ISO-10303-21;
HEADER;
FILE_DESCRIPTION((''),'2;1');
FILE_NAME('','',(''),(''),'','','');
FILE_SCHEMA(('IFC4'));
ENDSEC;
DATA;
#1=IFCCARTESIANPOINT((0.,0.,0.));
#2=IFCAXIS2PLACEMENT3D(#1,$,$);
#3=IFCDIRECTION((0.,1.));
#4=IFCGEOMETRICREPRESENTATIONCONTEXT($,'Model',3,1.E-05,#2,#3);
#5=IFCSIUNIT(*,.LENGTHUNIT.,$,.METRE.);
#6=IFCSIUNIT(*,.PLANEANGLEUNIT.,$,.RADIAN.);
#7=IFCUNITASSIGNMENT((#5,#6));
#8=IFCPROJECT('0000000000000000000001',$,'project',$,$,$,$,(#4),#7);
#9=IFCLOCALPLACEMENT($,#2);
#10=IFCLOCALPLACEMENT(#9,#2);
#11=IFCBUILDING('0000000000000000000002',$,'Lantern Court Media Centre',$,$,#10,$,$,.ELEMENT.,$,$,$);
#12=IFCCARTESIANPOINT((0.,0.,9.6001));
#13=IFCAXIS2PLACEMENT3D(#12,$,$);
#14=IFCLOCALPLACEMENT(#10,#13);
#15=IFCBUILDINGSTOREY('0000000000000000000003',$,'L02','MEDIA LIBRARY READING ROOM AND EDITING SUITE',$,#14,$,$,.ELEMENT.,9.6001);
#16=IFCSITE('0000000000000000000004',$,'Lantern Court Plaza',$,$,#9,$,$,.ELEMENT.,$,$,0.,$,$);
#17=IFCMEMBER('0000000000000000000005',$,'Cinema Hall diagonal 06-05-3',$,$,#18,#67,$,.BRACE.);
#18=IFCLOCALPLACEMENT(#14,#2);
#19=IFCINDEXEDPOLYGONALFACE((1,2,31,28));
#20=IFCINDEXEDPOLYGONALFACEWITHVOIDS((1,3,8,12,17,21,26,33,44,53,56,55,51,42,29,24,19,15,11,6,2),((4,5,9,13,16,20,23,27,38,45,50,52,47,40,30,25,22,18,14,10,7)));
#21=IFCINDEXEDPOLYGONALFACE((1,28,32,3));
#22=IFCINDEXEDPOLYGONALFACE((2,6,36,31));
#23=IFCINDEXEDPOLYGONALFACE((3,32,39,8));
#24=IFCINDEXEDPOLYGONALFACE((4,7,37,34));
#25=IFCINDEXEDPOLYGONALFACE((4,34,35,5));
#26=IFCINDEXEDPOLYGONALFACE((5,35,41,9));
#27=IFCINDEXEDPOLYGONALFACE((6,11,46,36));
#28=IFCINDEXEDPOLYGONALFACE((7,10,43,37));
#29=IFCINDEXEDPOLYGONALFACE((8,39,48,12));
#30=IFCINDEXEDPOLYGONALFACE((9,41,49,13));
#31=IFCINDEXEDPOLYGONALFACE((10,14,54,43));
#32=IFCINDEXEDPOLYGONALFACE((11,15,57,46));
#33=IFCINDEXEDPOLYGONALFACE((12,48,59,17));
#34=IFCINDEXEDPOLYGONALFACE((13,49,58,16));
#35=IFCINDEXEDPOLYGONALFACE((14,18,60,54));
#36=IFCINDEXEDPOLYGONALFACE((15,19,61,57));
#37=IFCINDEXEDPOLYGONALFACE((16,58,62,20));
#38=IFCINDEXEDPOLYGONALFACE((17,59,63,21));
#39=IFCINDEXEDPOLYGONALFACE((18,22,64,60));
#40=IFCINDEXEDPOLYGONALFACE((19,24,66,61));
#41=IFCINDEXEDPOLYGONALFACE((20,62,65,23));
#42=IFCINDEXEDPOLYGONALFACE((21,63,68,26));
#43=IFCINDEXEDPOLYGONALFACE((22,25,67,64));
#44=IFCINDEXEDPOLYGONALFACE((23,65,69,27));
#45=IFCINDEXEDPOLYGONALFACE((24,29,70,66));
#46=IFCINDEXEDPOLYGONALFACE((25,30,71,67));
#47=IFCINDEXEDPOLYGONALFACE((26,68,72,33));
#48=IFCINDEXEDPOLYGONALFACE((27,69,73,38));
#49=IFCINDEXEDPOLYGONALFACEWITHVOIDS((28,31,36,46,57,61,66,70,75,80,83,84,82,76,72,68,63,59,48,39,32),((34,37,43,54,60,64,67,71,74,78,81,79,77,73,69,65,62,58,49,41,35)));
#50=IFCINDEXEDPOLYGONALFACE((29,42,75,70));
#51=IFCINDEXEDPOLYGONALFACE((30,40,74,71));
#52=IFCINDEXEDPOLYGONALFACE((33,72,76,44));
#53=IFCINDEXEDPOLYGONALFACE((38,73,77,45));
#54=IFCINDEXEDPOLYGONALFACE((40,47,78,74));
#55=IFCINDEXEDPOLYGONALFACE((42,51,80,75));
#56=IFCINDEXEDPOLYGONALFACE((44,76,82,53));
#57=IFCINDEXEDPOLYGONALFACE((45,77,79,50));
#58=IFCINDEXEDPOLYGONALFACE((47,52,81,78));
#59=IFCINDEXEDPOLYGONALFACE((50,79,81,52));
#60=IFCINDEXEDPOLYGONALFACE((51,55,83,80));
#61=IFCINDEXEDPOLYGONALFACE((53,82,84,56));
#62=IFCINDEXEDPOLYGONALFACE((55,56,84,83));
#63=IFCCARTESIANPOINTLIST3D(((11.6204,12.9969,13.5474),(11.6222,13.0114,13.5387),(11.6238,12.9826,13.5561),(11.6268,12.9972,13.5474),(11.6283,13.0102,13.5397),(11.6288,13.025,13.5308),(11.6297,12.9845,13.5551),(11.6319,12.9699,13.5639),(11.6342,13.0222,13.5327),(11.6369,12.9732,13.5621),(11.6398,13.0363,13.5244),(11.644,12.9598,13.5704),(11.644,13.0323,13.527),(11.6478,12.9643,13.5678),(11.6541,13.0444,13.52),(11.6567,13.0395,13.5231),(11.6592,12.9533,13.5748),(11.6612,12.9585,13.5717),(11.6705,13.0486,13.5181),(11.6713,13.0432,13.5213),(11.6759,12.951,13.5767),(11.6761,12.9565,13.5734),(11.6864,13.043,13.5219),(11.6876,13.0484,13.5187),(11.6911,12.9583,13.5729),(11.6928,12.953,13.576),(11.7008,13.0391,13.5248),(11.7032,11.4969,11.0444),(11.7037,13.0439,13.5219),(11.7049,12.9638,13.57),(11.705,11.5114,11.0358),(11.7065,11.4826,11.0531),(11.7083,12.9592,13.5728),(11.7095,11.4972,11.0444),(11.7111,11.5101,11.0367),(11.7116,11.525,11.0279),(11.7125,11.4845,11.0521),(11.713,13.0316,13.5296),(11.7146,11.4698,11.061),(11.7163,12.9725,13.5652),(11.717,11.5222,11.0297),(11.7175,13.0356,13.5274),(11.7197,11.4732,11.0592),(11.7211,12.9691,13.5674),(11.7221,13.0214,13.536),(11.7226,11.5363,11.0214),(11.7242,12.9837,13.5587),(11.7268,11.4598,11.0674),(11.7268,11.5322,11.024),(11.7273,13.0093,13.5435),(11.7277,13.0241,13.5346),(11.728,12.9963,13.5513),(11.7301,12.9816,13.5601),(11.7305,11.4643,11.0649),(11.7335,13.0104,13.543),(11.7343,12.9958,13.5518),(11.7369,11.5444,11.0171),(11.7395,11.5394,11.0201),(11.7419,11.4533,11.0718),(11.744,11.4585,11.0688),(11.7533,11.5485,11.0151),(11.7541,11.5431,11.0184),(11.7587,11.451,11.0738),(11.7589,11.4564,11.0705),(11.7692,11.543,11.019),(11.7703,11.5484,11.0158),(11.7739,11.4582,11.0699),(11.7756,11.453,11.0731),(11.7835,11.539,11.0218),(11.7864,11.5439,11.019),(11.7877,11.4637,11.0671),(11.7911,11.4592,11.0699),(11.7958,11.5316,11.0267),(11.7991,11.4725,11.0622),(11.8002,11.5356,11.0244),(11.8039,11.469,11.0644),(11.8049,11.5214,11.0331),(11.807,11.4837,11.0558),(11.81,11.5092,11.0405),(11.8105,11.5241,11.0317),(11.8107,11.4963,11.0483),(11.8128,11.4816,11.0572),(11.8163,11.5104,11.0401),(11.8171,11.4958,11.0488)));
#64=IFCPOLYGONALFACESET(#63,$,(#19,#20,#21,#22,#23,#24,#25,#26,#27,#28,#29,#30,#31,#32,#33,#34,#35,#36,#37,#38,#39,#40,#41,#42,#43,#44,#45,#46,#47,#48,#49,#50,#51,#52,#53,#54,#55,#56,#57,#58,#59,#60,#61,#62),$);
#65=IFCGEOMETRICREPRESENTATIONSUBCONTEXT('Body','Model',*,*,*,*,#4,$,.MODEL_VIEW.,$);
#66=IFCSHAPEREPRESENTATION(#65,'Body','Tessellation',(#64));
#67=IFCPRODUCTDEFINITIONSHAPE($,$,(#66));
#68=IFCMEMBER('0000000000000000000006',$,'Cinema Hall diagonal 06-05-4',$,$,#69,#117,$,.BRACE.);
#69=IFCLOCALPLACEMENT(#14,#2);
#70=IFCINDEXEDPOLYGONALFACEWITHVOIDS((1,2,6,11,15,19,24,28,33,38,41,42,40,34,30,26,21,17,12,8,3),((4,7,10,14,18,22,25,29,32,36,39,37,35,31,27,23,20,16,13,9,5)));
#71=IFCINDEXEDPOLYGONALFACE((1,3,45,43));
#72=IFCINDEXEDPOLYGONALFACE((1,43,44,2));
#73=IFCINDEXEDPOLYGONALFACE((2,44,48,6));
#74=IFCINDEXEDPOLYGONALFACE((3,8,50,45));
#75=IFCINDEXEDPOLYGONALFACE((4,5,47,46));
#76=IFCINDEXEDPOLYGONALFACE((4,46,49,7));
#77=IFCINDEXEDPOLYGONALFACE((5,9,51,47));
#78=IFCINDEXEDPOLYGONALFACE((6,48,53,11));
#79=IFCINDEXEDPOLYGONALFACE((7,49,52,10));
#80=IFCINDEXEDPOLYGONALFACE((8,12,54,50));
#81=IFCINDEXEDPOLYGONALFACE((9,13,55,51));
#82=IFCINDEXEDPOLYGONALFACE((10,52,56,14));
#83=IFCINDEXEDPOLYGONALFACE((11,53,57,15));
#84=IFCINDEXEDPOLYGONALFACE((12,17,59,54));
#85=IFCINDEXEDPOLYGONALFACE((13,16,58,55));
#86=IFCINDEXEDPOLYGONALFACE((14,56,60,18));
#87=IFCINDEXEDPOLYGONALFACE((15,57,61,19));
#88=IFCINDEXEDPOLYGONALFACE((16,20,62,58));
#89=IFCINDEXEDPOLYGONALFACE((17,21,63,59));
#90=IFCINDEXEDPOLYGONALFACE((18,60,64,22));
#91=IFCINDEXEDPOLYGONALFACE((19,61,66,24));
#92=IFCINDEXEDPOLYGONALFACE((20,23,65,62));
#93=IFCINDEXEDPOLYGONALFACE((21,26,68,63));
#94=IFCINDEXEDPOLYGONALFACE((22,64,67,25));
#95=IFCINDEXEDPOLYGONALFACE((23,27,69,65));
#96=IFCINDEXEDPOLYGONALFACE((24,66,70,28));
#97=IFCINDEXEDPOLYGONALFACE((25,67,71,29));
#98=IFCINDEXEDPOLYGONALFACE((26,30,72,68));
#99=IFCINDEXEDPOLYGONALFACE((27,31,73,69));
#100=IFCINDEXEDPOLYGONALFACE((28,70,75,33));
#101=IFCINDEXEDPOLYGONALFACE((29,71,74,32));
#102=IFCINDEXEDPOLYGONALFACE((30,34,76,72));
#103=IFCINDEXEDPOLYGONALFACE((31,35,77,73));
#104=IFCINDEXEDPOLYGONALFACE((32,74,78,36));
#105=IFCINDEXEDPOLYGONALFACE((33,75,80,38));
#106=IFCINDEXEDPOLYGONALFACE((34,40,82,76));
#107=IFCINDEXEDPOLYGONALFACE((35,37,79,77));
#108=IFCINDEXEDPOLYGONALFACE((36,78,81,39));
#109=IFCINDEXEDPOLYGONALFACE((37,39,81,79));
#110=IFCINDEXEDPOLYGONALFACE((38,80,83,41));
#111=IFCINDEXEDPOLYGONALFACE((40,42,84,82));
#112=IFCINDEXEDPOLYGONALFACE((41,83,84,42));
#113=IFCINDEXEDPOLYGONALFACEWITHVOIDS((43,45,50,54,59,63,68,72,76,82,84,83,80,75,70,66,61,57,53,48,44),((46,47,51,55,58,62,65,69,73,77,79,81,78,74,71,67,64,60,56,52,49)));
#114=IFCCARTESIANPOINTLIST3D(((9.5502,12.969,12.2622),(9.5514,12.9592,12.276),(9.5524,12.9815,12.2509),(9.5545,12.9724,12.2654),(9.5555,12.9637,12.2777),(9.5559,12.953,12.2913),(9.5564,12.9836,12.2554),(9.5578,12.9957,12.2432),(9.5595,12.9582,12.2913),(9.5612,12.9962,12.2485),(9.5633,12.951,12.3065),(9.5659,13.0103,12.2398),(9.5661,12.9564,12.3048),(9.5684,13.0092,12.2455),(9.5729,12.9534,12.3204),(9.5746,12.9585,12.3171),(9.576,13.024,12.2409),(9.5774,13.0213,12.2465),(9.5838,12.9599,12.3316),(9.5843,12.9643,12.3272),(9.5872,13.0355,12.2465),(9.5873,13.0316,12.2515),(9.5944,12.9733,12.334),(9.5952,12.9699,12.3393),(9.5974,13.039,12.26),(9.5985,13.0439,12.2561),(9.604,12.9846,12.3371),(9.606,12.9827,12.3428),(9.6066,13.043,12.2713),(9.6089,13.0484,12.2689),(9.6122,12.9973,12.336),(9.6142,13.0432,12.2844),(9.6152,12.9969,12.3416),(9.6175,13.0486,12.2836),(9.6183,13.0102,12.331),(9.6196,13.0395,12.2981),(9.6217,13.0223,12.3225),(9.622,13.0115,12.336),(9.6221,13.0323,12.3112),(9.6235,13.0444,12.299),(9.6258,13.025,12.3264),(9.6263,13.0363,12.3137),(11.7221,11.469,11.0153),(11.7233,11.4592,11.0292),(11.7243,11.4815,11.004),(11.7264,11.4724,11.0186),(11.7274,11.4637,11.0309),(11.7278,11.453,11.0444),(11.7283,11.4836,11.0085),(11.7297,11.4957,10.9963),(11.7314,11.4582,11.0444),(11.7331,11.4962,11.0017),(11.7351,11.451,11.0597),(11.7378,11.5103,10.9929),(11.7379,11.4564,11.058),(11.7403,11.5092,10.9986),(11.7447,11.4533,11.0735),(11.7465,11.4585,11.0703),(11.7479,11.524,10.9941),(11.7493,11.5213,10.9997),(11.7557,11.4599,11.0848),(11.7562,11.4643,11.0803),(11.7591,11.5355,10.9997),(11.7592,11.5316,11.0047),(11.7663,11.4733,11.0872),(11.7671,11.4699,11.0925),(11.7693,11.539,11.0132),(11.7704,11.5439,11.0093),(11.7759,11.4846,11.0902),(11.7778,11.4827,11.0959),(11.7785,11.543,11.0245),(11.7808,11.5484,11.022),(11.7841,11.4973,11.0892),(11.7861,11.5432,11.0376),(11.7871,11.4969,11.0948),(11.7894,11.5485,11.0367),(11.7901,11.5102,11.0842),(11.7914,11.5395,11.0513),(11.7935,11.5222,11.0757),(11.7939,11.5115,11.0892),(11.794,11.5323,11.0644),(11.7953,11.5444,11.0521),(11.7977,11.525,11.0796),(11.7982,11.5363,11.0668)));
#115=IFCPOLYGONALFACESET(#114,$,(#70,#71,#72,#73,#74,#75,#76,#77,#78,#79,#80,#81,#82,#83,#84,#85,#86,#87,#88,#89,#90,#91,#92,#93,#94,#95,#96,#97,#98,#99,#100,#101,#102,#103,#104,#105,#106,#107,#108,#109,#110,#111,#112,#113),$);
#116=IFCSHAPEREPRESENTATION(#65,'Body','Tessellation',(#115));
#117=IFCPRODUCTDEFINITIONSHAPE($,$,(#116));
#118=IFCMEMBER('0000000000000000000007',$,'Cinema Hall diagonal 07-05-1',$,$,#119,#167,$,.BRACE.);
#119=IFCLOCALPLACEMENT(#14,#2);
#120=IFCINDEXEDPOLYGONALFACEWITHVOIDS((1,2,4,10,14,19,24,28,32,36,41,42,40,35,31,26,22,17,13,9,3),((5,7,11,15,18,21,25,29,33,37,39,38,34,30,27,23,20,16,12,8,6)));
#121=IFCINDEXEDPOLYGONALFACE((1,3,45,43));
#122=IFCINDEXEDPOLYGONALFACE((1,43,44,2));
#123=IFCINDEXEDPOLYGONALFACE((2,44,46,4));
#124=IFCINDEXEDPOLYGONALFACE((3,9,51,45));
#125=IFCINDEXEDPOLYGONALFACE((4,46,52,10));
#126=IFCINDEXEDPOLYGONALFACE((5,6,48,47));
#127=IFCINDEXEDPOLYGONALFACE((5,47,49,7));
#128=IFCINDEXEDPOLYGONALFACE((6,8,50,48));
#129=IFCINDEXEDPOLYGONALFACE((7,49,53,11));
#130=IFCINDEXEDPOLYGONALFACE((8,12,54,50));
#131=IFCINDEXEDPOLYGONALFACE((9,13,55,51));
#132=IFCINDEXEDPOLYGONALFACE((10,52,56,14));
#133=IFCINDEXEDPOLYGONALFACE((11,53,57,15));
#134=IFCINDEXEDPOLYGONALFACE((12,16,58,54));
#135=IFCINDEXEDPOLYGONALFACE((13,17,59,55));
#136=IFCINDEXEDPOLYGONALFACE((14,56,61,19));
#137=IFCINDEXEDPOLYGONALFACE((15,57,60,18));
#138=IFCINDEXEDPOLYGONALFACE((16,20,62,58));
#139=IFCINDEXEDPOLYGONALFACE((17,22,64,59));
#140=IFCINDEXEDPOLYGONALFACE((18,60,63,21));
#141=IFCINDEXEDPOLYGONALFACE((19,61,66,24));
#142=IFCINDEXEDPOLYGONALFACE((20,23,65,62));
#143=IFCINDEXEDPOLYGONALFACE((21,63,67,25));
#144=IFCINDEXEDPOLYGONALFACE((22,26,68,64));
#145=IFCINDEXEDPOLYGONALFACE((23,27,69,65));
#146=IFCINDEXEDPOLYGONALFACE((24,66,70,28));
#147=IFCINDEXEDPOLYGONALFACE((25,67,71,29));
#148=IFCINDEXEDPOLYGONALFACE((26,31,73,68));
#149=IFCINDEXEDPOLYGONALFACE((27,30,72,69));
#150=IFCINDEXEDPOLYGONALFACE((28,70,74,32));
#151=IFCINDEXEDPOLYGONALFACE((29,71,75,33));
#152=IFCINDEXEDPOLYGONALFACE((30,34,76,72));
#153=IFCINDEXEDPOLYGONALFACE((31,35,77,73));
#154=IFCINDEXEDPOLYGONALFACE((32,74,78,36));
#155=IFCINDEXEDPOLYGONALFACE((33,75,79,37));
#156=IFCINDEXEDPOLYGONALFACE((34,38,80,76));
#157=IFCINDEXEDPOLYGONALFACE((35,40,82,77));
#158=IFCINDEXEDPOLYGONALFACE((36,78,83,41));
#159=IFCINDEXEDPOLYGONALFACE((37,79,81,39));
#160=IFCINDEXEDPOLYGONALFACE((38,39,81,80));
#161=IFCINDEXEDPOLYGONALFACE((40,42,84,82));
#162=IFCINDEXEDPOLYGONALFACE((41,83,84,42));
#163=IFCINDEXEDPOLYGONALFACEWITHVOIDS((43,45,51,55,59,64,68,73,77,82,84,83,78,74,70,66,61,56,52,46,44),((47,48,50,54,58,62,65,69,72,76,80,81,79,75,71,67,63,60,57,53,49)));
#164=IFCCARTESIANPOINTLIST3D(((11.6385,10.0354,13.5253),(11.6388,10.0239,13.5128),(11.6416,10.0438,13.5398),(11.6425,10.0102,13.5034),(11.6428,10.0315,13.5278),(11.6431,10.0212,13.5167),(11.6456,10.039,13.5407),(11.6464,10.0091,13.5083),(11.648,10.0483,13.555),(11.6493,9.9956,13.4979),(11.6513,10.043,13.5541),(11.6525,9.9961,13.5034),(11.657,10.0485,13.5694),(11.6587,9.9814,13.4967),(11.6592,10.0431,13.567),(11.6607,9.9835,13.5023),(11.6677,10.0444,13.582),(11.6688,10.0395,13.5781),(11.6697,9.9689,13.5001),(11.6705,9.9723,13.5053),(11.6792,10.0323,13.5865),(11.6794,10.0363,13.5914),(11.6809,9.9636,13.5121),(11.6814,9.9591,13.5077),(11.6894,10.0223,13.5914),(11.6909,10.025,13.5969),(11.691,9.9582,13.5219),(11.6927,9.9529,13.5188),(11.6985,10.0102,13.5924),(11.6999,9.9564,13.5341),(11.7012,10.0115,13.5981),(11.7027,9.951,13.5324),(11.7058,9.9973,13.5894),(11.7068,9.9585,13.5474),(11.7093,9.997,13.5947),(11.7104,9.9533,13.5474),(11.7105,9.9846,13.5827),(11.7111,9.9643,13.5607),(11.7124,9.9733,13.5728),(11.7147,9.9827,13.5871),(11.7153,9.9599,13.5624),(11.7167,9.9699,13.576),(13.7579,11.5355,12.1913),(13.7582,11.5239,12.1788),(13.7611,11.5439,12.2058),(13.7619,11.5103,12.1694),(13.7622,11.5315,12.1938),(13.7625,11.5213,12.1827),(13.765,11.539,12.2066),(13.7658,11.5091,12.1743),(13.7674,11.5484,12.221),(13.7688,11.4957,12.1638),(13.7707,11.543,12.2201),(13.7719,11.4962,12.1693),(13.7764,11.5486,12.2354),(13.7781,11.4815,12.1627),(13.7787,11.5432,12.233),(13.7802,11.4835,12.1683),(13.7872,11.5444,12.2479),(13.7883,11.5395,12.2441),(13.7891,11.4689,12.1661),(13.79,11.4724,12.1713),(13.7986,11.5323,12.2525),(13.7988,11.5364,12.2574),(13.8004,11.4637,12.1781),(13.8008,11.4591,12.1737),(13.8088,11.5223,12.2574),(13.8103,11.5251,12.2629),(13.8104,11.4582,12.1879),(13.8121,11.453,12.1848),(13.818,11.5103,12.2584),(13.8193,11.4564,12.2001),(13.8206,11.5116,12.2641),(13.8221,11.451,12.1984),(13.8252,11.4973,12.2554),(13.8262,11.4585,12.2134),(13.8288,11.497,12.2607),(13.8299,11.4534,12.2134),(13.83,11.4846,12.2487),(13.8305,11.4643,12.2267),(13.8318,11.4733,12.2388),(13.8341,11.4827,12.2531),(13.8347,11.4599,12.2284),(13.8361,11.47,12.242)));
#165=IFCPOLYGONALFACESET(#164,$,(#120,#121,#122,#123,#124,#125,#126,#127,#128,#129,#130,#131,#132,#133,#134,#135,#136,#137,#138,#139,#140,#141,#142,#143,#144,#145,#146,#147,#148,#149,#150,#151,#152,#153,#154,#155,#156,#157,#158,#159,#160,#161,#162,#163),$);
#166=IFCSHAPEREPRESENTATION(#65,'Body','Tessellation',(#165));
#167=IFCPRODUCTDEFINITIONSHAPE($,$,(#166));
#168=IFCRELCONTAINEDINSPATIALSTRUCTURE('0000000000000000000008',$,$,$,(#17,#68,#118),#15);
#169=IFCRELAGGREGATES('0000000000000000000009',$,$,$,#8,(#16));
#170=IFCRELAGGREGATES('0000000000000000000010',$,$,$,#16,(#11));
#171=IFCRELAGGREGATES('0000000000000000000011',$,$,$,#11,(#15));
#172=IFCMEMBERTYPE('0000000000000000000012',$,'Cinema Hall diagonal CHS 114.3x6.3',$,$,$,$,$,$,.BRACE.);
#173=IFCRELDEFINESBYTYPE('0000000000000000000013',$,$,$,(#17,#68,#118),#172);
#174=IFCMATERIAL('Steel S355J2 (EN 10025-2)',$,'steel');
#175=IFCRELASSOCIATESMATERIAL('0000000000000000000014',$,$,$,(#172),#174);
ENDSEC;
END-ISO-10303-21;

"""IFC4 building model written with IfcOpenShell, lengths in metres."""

from ifc_helpers import new_model, si_unit, direction, frame, origin, origin_2d, place, context, subcontext, project, spatial, hollow_circle, extrude, material, material_profile, profile_set, type_object, element, save


model = new_model("IFC4")

# Units and contexts
model_context = context("Model", 3, precision=1e-05, world=origin(), true_north=direction((0.0, 1.0)))
body_context = subcontext(model_context, "Body", "Model", "MODEL_VIEW")
ifc_project = project(units=[si_unit("LENGTHUNIT", "METRE"), si_unit("PLANEANGLEUNIT", "RADIAN")], contexts=[model_context])

# Site, building, storey
site_placement = place(None, origin())
site = spatial("IfcSite", under=ifc_project, at=site_placement, Name="Lantern Court Plaza", CompositionType="ELEMENT", RefElevation=0.0)
building_placement = place(site_placement, origin())
building = spatial("IfcBuilding", under=site, at=building_placement, Name="Lantern Court Media Centre", CompositionType="ELEMENT")
storey_placement = place(building_placement, frame((0.0, 0.0, 9.6001)))
storey = spatial("IfcBuildingStorey", under=building, at=storey_placement, Name="L02", Description="MEDIA LIBRARY READING ROOM AND EDITING SUITE", CompositionType="ELEMENT", Elevation=9.6001)

# Members
ifc_material = material(Name="Steel S355J2 (EN 10025-2)", Category="steel")
ifc_material_profile_1 = material_profile(ifc_material, hollow_circle(Radius=0.0571, WallThickness=0.0063, at=origin_2d()), Name="Cinema Hall diagonal CHS 114.3x6.3")
ifc_profile_set_1 = profile_set([ifc_material_profile_1], Name="Steel S355J2 (EN 10025-2)")
member_type_1 = type_object("IfcMemberType", Name="Cinema Hall diagonal CHS 114.3x6.3", PredefinedType="BRACE", material=ifc_profile_set_1)
for number, where, z_axis, x_axis, name in (
    (1, (11.7603, 11.5, 11.0444), (-0.028352, 0.513846, 0.857414), (-0.998481, -0.055092, 0.0), "Cinema Hall diagonal 06-05-3"),
    (2, (11.7603, 11.5, 11.0444), (-0.744002, 0.513843, 0.427115), (-0.568286, -0.822831, 0.0), "Cinema Hall diagonal 06-05-4"),
    (3, (13.7969, 11.5, 12.2134), (-0.726034, -0.513852, 0.45698), (0.577702, -0.816248, 0.0), "Cinema Hall diagonal 07-05-1"),
):
    element("IfcMember", number, at=place(storey_placement, frame(where, z_axis=z_axis, x_axis=x_axis)), inside=storey, type_object=member_type_1, Name=name, PredefinedType="BRACE", context=body_context, shape_type="SweptSolid", body=[
        extrude(hollow_circle(Radius=0.0571, WallThickness=0.0063, at=origin_2d()), origin(), (0.0, 0.0, 1.0), 2.9192),
    ])

save(model, "model.ifc")
